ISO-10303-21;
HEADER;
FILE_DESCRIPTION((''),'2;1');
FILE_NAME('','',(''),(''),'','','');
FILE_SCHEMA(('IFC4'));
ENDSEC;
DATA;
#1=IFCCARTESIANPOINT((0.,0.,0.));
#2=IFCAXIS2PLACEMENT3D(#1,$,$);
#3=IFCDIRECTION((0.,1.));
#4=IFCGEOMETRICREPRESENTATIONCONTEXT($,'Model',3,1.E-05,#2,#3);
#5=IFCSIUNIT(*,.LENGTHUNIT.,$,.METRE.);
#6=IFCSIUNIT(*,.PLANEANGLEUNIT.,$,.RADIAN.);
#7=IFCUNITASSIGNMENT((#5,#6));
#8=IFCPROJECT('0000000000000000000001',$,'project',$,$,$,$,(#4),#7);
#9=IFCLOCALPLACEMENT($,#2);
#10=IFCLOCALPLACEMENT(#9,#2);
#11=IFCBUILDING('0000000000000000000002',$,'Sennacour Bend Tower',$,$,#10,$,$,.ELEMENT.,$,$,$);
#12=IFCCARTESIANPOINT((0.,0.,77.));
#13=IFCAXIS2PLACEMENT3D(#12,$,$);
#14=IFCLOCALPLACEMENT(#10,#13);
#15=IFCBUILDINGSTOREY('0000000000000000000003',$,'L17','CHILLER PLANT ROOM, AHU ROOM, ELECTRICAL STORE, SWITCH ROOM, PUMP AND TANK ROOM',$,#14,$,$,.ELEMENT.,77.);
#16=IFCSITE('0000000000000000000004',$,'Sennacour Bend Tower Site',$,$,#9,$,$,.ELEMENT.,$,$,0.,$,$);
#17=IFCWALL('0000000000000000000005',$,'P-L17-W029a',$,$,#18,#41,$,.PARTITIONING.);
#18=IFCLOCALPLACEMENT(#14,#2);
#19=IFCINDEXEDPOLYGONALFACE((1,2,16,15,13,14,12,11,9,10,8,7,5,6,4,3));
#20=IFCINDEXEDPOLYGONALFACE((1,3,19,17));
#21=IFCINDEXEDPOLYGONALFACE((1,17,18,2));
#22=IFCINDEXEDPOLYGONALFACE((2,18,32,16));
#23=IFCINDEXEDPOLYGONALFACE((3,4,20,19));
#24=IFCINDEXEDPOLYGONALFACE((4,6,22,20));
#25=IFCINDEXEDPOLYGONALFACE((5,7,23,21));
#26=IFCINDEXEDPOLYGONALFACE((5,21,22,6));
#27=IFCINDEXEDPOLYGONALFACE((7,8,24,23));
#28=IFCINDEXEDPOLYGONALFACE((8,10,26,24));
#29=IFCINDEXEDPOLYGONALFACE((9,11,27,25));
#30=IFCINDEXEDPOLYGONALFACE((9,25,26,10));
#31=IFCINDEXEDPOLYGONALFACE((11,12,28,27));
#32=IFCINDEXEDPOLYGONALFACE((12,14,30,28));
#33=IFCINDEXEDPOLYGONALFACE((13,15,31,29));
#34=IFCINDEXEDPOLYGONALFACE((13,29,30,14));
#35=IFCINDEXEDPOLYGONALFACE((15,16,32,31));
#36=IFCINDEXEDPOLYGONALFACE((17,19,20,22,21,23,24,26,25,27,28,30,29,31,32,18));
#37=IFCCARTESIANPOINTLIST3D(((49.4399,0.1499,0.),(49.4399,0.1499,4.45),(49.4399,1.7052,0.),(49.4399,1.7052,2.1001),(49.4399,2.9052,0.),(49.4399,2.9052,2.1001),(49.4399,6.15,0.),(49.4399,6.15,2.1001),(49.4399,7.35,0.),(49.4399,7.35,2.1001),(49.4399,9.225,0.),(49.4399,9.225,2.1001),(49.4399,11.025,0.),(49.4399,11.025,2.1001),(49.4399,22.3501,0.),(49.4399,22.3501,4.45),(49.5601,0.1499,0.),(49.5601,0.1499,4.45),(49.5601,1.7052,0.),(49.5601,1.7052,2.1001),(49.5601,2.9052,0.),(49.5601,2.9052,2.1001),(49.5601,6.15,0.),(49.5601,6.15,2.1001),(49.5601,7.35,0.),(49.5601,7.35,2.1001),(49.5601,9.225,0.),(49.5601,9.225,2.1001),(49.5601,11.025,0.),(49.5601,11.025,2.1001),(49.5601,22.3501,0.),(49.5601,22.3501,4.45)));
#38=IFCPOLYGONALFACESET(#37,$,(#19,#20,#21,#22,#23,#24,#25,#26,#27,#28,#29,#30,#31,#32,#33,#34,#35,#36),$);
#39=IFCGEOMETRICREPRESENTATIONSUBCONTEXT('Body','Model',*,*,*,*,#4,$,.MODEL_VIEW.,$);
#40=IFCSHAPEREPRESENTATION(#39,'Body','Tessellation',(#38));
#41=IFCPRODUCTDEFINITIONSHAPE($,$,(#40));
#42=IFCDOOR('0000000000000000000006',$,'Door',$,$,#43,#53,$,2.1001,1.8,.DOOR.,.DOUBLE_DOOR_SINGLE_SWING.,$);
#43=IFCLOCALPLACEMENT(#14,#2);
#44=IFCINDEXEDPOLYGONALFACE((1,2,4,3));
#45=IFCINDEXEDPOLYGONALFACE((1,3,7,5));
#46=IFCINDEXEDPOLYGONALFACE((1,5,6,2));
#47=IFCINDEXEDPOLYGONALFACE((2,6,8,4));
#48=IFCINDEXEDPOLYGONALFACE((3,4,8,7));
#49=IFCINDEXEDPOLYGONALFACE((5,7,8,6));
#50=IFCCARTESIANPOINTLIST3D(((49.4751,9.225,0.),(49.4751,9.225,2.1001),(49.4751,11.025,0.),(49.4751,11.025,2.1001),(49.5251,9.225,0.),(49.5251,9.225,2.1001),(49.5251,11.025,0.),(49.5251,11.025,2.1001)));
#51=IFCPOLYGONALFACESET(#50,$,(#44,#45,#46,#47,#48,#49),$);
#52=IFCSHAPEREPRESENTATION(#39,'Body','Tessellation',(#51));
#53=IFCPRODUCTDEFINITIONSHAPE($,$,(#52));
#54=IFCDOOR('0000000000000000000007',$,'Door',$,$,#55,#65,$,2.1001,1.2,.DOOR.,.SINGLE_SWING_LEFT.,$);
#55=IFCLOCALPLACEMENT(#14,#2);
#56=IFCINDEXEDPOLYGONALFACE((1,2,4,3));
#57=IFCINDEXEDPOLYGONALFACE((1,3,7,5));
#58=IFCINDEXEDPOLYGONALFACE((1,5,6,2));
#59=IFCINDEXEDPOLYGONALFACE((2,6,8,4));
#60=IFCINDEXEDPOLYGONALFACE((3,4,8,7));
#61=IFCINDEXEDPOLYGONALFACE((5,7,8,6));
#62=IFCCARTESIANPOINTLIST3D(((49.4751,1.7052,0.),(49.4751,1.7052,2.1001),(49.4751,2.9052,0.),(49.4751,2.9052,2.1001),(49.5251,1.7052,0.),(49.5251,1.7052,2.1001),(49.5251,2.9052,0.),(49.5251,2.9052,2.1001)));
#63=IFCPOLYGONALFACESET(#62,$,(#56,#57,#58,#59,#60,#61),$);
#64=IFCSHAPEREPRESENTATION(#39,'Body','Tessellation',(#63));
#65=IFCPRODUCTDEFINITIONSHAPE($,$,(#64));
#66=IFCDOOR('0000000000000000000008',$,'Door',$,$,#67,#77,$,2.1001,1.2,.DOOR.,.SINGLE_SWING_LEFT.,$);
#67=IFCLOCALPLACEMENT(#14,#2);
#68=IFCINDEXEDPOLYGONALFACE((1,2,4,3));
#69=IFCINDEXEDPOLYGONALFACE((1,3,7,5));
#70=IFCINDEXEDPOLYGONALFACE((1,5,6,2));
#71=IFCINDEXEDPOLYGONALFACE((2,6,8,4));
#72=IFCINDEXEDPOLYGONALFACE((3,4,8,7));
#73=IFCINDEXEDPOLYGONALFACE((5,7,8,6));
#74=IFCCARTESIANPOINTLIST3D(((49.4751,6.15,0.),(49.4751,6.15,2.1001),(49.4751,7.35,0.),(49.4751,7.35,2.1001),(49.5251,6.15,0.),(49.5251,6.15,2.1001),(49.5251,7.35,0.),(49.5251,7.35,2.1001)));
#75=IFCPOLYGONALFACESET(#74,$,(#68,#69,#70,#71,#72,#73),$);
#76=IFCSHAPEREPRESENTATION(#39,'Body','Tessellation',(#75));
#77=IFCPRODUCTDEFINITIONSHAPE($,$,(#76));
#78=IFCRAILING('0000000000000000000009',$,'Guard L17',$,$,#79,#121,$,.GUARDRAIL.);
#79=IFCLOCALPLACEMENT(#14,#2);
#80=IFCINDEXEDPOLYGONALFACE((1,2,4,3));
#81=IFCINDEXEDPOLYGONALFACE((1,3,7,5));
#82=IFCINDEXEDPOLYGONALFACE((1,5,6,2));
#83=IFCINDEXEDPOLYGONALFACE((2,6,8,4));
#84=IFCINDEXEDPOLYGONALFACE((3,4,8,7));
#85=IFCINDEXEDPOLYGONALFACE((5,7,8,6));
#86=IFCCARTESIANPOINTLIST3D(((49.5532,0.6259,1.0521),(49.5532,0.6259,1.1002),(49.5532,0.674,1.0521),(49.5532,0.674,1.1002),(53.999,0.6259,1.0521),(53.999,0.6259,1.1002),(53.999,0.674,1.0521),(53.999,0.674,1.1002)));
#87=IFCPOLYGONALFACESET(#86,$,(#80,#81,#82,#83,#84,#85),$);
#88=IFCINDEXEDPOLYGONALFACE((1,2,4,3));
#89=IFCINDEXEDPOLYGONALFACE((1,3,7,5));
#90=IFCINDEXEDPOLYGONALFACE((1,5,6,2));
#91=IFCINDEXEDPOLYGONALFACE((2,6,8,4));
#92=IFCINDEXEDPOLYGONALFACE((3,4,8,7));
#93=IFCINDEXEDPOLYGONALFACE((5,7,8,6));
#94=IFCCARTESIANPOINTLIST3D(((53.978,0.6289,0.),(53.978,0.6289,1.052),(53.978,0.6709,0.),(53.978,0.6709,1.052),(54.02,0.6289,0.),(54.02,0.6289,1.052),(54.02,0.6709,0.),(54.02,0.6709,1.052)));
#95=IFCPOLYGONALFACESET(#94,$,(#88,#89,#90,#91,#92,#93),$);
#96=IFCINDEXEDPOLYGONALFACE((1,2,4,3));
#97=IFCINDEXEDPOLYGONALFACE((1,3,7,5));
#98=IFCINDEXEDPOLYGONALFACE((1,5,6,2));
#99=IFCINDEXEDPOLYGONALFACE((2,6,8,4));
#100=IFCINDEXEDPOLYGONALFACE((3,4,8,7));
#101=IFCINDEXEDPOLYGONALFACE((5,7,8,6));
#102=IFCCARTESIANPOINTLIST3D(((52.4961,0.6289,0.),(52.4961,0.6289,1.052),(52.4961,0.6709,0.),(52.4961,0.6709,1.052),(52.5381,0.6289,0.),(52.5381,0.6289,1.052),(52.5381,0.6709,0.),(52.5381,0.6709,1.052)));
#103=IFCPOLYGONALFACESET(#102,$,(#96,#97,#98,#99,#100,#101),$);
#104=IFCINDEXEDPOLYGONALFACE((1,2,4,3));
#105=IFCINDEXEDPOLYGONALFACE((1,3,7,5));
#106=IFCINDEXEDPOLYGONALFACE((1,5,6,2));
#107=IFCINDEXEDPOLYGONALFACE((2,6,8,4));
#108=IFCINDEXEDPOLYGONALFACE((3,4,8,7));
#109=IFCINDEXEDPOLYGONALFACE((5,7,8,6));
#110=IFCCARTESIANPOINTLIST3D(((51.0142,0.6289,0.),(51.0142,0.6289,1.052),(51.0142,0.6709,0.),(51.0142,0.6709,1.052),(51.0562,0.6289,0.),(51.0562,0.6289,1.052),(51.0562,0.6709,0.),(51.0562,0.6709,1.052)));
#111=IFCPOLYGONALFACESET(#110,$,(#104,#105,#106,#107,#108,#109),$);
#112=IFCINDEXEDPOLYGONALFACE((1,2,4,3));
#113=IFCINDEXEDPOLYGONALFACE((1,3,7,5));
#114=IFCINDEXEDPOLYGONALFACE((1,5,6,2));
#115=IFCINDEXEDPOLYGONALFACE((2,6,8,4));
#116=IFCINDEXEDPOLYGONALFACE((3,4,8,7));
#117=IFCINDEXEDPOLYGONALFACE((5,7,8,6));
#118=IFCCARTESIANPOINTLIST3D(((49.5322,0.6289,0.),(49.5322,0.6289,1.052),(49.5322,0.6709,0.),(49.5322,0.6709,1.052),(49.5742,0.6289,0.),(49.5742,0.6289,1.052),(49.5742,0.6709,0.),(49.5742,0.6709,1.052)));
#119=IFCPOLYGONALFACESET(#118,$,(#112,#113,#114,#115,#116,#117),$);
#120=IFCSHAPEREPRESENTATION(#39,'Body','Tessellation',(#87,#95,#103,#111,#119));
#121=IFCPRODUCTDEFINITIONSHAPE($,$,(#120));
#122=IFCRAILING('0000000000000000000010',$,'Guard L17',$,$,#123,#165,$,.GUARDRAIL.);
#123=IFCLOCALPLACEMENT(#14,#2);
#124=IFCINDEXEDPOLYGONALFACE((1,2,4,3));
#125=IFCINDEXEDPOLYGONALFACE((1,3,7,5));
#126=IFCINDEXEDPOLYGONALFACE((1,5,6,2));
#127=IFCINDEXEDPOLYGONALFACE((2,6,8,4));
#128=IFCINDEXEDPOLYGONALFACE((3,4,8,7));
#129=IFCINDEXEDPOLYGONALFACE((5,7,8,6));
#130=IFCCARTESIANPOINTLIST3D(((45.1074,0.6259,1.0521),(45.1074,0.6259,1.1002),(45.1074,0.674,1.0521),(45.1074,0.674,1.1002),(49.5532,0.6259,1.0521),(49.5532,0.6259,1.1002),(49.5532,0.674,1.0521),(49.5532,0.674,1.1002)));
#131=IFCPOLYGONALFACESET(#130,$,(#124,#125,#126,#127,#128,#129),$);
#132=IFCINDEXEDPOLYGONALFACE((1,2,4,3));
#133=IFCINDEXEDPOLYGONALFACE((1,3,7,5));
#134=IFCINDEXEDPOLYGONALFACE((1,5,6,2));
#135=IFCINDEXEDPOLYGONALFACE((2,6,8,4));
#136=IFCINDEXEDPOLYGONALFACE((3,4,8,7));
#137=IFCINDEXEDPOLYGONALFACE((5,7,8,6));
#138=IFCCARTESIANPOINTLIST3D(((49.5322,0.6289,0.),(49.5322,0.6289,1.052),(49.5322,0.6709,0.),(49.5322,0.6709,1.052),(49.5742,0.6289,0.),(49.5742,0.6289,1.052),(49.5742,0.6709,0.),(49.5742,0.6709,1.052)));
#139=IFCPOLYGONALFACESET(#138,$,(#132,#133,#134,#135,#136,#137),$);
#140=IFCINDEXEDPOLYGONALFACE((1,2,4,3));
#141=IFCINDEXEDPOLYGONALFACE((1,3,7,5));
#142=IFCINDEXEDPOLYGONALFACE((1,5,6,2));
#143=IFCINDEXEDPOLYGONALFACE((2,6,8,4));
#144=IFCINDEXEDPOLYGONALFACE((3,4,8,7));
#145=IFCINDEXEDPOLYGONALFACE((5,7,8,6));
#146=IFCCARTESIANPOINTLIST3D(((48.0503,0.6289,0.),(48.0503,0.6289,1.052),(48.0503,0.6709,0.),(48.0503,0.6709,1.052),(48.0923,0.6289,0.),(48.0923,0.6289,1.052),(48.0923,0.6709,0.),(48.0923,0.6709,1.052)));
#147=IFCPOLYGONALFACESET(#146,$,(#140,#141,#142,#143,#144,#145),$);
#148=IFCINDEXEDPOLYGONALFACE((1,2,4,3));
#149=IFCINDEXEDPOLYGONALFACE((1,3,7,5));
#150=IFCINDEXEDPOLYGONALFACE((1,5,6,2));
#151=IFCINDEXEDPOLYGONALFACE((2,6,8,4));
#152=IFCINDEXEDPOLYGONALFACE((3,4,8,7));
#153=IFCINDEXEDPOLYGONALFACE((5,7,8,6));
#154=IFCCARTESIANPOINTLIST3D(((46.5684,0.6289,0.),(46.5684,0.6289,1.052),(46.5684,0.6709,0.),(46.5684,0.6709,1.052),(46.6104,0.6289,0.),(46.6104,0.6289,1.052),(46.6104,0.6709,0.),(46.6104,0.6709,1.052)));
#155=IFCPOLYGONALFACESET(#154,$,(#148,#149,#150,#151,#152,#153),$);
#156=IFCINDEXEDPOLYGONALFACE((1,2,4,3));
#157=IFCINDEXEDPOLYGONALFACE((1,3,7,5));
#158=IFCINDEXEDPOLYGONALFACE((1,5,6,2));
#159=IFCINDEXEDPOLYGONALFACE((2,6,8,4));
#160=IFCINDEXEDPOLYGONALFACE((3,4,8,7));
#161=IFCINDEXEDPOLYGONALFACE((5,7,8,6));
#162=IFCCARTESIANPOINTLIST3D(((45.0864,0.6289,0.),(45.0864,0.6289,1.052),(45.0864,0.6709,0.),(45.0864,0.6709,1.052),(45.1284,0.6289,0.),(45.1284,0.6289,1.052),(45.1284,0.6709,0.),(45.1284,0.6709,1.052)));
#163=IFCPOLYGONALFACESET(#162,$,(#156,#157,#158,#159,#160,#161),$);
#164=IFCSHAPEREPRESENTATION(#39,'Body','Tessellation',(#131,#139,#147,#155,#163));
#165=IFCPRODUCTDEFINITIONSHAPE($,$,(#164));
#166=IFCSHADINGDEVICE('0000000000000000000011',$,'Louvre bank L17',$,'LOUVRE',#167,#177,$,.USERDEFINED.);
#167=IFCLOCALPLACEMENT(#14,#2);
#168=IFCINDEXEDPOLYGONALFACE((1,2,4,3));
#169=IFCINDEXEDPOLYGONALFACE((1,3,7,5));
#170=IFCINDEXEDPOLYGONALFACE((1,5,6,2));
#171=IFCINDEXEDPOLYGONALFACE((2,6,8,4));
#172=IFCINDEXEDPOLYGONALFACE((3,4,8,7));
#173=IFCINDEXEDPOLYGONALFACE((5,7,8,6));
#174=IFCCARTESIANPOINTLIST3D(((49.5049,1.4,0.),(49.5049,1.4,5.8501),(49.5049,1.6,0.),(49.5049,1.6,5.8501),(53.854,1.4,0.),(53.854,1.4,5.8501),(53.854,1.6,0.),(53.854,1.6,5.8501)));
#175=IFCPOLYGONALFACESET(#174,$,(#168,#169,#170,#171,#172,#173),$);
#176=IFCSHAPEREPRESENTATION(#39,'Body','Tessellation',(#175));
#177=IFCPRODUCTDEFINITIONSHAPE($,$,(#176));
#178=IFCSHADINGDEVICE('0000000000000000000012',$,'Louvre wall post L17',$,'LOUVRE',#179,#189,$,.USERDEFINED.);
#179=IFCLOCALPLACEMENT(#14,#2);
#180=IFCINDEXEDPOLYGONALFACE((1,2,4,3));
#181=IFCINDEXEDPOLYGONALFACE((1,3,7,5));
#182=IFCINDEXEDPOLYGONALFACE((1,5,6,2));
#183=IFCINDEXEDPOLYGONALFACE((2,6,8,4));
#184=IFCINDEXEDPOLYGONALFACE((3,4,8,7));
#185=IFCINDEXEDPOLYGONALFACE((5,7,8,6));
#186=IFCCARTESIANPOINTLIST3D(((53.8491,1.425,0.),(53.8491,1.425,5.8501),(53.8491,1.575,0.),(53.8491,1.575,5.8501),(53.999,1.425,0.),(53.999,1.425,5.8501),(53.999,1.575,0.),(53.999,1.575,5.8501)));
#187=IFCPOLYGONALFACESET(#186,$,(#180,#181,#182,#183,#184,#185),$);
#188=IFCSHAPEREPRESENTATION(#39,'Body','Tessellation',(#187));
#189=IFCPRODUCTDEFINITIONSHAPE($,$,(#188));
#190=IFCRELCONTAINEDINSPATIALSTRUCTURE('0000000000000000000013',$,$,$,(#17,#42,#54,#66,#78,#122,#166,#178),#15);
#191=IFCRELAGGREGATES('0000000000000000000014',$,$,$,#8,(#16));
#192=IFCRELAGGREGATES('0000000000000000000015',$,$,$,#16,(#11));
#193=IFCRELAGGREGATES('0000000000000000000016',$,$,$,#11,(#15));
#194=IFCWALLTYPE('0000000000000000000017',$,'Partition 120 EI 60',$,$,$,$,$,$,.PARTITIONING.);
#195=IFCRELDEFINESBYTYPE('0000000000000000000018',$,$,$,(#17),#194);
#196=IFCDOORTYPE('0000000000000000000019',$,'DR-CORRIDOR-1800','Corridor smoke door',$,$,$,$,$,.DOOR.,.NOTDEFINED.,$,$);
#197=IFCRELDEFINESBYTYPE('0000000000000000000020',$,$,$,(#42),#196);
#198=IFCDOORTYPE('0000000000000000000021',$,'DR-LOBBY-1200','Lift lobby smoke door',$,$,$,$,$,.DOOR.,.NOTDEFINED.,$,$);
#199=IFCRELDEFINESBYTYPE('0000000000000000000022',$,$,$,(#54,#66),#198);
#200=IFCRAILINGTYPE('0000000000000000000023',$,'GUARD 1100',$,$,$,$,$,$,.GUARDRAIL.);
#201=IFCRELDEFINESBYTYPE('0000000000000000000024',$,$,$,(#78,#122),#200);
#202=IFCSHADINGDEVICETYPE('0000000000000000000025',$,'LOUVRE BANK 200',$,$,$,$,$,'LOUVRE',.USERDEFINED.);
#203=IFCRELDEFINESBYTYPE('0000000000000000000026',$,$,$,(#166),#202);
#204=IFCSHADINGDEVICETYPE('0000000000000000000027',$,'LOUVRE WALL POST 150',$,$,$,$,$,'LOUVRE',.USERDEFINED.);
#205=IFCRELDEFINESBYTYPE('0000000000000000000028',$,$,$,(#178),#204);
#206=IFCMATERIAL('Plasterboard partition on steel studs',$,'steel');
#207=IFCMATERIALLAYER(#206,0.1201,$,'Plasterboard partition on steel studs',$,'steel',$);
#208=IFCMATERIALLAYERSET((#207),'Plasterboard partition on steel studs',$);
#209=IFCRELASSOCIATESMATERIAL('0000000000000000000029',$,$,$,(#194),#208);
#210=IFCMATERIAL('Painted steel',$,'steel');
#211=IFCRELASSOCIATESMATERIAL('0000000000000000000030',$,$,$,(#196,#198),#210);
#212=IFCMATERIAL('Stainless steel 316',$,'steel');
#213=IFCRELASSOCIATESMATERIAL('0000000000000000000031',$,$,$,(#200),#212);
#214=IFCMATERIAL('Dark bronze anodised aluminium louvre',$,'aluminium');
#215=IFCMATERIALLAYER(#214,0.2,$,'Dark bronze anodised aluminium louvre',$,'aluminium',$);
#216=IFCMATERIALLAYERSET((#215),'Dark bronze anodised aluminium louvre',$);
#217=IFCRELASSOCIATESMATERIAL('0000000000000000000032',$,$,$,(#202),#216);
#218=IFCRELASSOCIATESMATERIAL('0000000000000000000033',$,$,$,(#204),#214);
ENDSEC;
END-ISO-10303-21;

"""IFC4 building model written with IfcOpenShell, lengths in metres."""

from ifc_helpers import new_model, si_unit, direction, frame, frame_2d, origin, origin_2d, place, context, subcontext, project, spatial, rectangle, extrude, material, layer, layer_set, type_object, element, fill, save


model = new_model("IFC4")

# Units and contexts
model_context = context("Model", 3, precision=1e-05, world=origin(), true_north=direction((0.0, 1.0)))
body_context = subcontext(model_context, "Body", "Model", "MODEL_VIEW")
ifc_project = project(units=[si_unit("LENGTHUNIT", "METRE"), si_unit("PLANEANGLEUNIT", "RADIAN")], contexts=[model_context])

# Site, building, storey
site_placement = place(None, origin())
site = spatial("IfcSite", under=ifc_project, at=site_placement, Name="Sennacour Bend Tower Site", CompositionType="ELEMENT", RefElevation=0.0)
building_placement = place(site_placement, origin())
building = spatial("IfcBuilding", under=site, at=building_placement, Name="Sennacour Bend Tower", CompositionType="ELEMENT")
storey_placement = place(building_placement, frame((0.0, 0.0, 77.0)))
storey = spatial("IfcBuildingStorey", under=building, at=storey_placement, Name="L17", Description="CHILLER PLANT ROOM, AHU ROOM, ELECTRICAL STORE, SWITCH ROOM, PUMP AND TANK ROOM", CompositionType="ELEMENT", Elevation=77.0)

# Shared definitions
ifc_material_1 = material(Name="Plasterboard partition on steel studs", Category="steel")

# Wall, openings, doors
ifc_layer_1 = layer(ifc_material_1, 0.1201, Name="Plasterboard partition on steel studs", Category="steel")
ifc_layer_set_1 = layer_set([ifc_layer_1], Name="Plasterboard partition on steel studs")
wall_type_1 = type_object("IfcWallType", Name="Partition 120 EI 60", PredefinedType="PARTITIONING", material=ifc_layer_set_1)
wall_1_placement = place(storey_placement, frame((49.5, 0.1499, 0.0), z_axis=(0.0, 0.0, 1.0), x_axis=(0.0, 1.0, 0.0)))
wall_1 = element("IfcWall", 1, at=wall_1_placement, inside=storey, type_object=wall_type_1, Name="P-L17-W029a", PredefinedType="PARTITIONING", context=body_context, shape_type="SweptSolid", body=[
    extrude(rectangle(XDim=22.2002, YDim=0.1201, at=frame_2d((11.1001, 0.0))), origin(), (0.0, 0.0, 1.0), 4.45),
])
opening_1_placement = place(wall_1_placement, frame((9.0752, 0.0, 0.0)))
opening_1 = element("IfcOpeningElement", 2, at=opening_1_placement, cuts=wall_1, PredefinedType="OPENING", context=body_context, shape_type="SweptSolid", body=[
    extrude(rectangle(XDim=1.8, YDim=2.1001, at=frame_2d((0.8999, 1.05))), frame((0.0, 0.0701, 0.0), z_axis=(0.0, -1.0, 0.0), x_axis=(1.0, 0.0, 0.0)), (0.0, 0.0, 1.0), 0.1401),
])
opening_2_placement = place(wall_1_placement, frame((1.5552, 0.0, 0.0)))
opening_2 = element("IfcOpeningElement", 3, at=opening_2_placement, cuts=wall_1, PredefinedType="OPENING", context=body_context, shape_type="SweptSolid", body=[
    extrude(rectangle(XDim=1.2, YDim=2.1001, at=frame_2d((0.6001, 1.05))), frame((0.0, 0.0701, 0.0), z_axis=(0.0, -1.0, 0.0), x_axis=(1.0, 0.0, 0.0)), (0.0, 0.0, 1.0), 0.1401),
])
opening_3_placement = place(wall_1_placement, frame((6.0, 0.0, 0.0)))
opening_3 = element("IfcOpeningElement", 4, at=opening_3_placement, cuts=wall_1, PredefinedType="OPENING", context=body_context, shape_type="SweptSolid", body=[
    extrude(rectangle(XDim=1.2, YDim=2.1001, at=frame_2d((0.6001, 1.05))), frame((0.0, 0.0701, 0.0), z_axis=(0.0, -1.0, 0.0), x_axis=(1.0, 0.0, 0.0)), (0.0, 0.0, 1.0), 0.1401),
])
ifc_material_2 = material(Name="Painted steel", Category="steel")
door_type_1 = type_object("IfcDoorType", Name="DR-CORRIDOR-1800", Description="Corridor smoke door", OperationType="NOTDEFINED", PredefinedType="DOOR", material=ifc_material_2)
door_1_placement = place(opening_1_placement, origin())
door_1 = element("IfcDoor", 5, at=door_1_placement, inside=storey, type_object=door_type_1, Name="Door", OperationType="DOUBLE_DOOR_SINGLE_SWING", OverallHeight=2.1001, OverallWidth=1.8, PredefinedType="DOOR", context=body_context, shape_type="SweptSolid", body=[
    extrude(rectangle(XDim=1.8, YDim=2.1001, at=frame_2d((0.8999, 1.05))), frame((0.0, 0.0249, 0.0), z_axis=(0.0, -1.0, 0.0), x_axis=(1.0, 0.0, 0.0)), (0.0, 0.0, 1.0), 0.05),
])
fill(opening_1, door_1)
door_type_2 = type_object("IfcDoorType", Name="DR-LOBBY-1200", Description="Lift lobby smoke door", OperationType="NOTDEFINED", PredefinedType="DOOR", material=ifc_material_2)
door_2_placement = place(opening_2_placement, origin())
door_2 = element("IfcDoor", 6, at=door_2_placement, inside=storey, type_object=door_type_2, Name="Door", OperationType="SINGLE_SWING_LEFT", OverallHeight=2.1001, OverallWidth=1.2, PredefinedType="DOOR", context=body_context, shape_type="SweptSolid", body=[
    extrude(rectangle(XDim=1.2, YDim=2.1001, at=frame_2d((0.6001, 1.05))), frame((0.0, 0.0249, 0.0), z_axis=(0.0, -1.0, 0.0), x_axis=(1.0, 0.0, 0.0)), (0.0, 0.0, 1.0), 0.05),
])
fill(opening_2, door_2)
door_3_placement = place(opening_3_placement, origin())
door_3 = element("IfcDoor", 7, at=door_3_placement, inside=storey, type_object=door_type_2, Name="Door", OperationType="SINGLE_SWING_LEFT", OverallHeight=2.1001, OverallWidth=1.2, PredefinedType="DOOR", context=body_context, shape_type="SweptSolid", body=[
    extrude(rectangle(XDim=1.2, YDim=2.1001, at=frame_2d((0.6001, 1.05))), frame((0.0, 0.0249, 0.0), z_axis=(0.0, -1.0, 0.0), x_axis=(1.0, 0.0, 0.0)), (0.0, 0.0, 1.0), 0.05),
])
fill(opening_3, door_3)

# Railings
ifc_material_3 = material(Name="Stainless steel 316", Category="steel")
railing_type = type_object("IfcRailingType", Name="GUARD 1100", PredefinedType="GUARDRAIL", material=ifc_material_3)
for number, where, name in (
    (8, (53.999, 0.6499, 0.0), "Guard L17"),
    (9, (49.5532, 0.6499, 0.0), "Guard L17"),
):
    element("IfcRailing", number, at=place(storey_placement, frame(where)), inside=storey, type_object=railing_type, Name=name, PredefinedType="GUARDRAIL", context=body_context, shape_type="SweptSolid", body=[
        extrude(rectangle(XDim=0.0481, YDim=0.0481, at=origin_2d()), frame((0.0, 0.0, 1.0762), z_axis=(-1.0, 0.0, 0.0), x_axis=(0.0, -1.0, 0.0)), (0.0, 0.0, 1.0), 4.4458),
        extrude(rectangle(XDim=0.042, YDim=0.042, at=origin_2d()), origin(), (0.0, 0.0, 1.0), 1.052),
        extrude(rectangle(XDim=0.042, YDim=0.042, at=origin_2d()), frame((-1.4819, 0.0, 0.0)), (0.0, 0.0, 1.0), 1.052),
        extrude(rectangle(XDim=0.042, YDim=0.042, at=origin_2d()), frame((-2.9639, 0.0, 0.0)), (0.0, 0.0, 1.0), 1.052),
        extrude(rectangle(XDim=0.042, YDim=0.042, at=origin_2d()), frame((-4.4458, 0.0, 0.0)), (0.0, 0.0, 1.0), 1.052),
    ])

# Shading devices
ifc_material_4 = material(Name="Dark bronze anodised aluminium louvre", Category="aluminium")
ifc_layer_2 = layer(ifc_material_4, 0.2, Name="Dark bronze anodised aluminium louvre", Category="aluminium")
ifc_layer_set_2 = layer_set([ifc_layer_2], Name="Dark bronze anodised aluminium louvre")
shading_device_type_1 = type_object("IfcShadingDeviceType", Name="LOUVRE BANK 200", ElementType="LOUVRE", PredefinedType="USERDEFINED", material=ifc_layer_set_2)
shading_device_1_placement = place(storey_placement, frame((51.6794, 1.5, 0.0), z_axis=(0.0, 0.0, 1.0), x_axis=(-1.0, 0.0, 0.0)))
element("IfcShadingDevice", 10, at=shading_device_1_placement, inside=storey, type_object=shading_device_type_1, Name="Louvre bank L17", ObjectType="LOUVRE", PredefinedType="USERDEFINED", context=body_context, shape_type="SweptSolid", body=[
    extrude(rectangle(XDim=4.3491, YDim=0.2, at=origin_2d()), origin(), (0.0, 0.0, 1.0), 5.8501),
])
shading_device_type_2 = type_object("IfcShadingDeviceType", Name="LOUVRE WALL POST 150", ElementType="LOUVRE", PredefinedType="USERDEFINED", material=ifc_material_4)
shading_device_2_placement = place(storey_placement, frame((53.9241, 1.5, 0.0), z_axis=(0.0, 0.0, 1.0), x_axis=(1.0, 0.0, 0.0)))
element("IfcShadingDevice", 11, at=shading_device_2_placement, inside=storey, type_object=shading_device_type_2, Name="Louvre wall post L17", ObjectType="LOUVRE", PredefinedType="USERDEFINED", context=body_context, shape_type="SweptSolid", body=[
    extrude(rectangle(XDim=0.1499, YDim=0.1499, at=origin_2d()), origin(), (0.0, 0.0, 1.0), 5.8501),
])

save(model, "model.ifc")
